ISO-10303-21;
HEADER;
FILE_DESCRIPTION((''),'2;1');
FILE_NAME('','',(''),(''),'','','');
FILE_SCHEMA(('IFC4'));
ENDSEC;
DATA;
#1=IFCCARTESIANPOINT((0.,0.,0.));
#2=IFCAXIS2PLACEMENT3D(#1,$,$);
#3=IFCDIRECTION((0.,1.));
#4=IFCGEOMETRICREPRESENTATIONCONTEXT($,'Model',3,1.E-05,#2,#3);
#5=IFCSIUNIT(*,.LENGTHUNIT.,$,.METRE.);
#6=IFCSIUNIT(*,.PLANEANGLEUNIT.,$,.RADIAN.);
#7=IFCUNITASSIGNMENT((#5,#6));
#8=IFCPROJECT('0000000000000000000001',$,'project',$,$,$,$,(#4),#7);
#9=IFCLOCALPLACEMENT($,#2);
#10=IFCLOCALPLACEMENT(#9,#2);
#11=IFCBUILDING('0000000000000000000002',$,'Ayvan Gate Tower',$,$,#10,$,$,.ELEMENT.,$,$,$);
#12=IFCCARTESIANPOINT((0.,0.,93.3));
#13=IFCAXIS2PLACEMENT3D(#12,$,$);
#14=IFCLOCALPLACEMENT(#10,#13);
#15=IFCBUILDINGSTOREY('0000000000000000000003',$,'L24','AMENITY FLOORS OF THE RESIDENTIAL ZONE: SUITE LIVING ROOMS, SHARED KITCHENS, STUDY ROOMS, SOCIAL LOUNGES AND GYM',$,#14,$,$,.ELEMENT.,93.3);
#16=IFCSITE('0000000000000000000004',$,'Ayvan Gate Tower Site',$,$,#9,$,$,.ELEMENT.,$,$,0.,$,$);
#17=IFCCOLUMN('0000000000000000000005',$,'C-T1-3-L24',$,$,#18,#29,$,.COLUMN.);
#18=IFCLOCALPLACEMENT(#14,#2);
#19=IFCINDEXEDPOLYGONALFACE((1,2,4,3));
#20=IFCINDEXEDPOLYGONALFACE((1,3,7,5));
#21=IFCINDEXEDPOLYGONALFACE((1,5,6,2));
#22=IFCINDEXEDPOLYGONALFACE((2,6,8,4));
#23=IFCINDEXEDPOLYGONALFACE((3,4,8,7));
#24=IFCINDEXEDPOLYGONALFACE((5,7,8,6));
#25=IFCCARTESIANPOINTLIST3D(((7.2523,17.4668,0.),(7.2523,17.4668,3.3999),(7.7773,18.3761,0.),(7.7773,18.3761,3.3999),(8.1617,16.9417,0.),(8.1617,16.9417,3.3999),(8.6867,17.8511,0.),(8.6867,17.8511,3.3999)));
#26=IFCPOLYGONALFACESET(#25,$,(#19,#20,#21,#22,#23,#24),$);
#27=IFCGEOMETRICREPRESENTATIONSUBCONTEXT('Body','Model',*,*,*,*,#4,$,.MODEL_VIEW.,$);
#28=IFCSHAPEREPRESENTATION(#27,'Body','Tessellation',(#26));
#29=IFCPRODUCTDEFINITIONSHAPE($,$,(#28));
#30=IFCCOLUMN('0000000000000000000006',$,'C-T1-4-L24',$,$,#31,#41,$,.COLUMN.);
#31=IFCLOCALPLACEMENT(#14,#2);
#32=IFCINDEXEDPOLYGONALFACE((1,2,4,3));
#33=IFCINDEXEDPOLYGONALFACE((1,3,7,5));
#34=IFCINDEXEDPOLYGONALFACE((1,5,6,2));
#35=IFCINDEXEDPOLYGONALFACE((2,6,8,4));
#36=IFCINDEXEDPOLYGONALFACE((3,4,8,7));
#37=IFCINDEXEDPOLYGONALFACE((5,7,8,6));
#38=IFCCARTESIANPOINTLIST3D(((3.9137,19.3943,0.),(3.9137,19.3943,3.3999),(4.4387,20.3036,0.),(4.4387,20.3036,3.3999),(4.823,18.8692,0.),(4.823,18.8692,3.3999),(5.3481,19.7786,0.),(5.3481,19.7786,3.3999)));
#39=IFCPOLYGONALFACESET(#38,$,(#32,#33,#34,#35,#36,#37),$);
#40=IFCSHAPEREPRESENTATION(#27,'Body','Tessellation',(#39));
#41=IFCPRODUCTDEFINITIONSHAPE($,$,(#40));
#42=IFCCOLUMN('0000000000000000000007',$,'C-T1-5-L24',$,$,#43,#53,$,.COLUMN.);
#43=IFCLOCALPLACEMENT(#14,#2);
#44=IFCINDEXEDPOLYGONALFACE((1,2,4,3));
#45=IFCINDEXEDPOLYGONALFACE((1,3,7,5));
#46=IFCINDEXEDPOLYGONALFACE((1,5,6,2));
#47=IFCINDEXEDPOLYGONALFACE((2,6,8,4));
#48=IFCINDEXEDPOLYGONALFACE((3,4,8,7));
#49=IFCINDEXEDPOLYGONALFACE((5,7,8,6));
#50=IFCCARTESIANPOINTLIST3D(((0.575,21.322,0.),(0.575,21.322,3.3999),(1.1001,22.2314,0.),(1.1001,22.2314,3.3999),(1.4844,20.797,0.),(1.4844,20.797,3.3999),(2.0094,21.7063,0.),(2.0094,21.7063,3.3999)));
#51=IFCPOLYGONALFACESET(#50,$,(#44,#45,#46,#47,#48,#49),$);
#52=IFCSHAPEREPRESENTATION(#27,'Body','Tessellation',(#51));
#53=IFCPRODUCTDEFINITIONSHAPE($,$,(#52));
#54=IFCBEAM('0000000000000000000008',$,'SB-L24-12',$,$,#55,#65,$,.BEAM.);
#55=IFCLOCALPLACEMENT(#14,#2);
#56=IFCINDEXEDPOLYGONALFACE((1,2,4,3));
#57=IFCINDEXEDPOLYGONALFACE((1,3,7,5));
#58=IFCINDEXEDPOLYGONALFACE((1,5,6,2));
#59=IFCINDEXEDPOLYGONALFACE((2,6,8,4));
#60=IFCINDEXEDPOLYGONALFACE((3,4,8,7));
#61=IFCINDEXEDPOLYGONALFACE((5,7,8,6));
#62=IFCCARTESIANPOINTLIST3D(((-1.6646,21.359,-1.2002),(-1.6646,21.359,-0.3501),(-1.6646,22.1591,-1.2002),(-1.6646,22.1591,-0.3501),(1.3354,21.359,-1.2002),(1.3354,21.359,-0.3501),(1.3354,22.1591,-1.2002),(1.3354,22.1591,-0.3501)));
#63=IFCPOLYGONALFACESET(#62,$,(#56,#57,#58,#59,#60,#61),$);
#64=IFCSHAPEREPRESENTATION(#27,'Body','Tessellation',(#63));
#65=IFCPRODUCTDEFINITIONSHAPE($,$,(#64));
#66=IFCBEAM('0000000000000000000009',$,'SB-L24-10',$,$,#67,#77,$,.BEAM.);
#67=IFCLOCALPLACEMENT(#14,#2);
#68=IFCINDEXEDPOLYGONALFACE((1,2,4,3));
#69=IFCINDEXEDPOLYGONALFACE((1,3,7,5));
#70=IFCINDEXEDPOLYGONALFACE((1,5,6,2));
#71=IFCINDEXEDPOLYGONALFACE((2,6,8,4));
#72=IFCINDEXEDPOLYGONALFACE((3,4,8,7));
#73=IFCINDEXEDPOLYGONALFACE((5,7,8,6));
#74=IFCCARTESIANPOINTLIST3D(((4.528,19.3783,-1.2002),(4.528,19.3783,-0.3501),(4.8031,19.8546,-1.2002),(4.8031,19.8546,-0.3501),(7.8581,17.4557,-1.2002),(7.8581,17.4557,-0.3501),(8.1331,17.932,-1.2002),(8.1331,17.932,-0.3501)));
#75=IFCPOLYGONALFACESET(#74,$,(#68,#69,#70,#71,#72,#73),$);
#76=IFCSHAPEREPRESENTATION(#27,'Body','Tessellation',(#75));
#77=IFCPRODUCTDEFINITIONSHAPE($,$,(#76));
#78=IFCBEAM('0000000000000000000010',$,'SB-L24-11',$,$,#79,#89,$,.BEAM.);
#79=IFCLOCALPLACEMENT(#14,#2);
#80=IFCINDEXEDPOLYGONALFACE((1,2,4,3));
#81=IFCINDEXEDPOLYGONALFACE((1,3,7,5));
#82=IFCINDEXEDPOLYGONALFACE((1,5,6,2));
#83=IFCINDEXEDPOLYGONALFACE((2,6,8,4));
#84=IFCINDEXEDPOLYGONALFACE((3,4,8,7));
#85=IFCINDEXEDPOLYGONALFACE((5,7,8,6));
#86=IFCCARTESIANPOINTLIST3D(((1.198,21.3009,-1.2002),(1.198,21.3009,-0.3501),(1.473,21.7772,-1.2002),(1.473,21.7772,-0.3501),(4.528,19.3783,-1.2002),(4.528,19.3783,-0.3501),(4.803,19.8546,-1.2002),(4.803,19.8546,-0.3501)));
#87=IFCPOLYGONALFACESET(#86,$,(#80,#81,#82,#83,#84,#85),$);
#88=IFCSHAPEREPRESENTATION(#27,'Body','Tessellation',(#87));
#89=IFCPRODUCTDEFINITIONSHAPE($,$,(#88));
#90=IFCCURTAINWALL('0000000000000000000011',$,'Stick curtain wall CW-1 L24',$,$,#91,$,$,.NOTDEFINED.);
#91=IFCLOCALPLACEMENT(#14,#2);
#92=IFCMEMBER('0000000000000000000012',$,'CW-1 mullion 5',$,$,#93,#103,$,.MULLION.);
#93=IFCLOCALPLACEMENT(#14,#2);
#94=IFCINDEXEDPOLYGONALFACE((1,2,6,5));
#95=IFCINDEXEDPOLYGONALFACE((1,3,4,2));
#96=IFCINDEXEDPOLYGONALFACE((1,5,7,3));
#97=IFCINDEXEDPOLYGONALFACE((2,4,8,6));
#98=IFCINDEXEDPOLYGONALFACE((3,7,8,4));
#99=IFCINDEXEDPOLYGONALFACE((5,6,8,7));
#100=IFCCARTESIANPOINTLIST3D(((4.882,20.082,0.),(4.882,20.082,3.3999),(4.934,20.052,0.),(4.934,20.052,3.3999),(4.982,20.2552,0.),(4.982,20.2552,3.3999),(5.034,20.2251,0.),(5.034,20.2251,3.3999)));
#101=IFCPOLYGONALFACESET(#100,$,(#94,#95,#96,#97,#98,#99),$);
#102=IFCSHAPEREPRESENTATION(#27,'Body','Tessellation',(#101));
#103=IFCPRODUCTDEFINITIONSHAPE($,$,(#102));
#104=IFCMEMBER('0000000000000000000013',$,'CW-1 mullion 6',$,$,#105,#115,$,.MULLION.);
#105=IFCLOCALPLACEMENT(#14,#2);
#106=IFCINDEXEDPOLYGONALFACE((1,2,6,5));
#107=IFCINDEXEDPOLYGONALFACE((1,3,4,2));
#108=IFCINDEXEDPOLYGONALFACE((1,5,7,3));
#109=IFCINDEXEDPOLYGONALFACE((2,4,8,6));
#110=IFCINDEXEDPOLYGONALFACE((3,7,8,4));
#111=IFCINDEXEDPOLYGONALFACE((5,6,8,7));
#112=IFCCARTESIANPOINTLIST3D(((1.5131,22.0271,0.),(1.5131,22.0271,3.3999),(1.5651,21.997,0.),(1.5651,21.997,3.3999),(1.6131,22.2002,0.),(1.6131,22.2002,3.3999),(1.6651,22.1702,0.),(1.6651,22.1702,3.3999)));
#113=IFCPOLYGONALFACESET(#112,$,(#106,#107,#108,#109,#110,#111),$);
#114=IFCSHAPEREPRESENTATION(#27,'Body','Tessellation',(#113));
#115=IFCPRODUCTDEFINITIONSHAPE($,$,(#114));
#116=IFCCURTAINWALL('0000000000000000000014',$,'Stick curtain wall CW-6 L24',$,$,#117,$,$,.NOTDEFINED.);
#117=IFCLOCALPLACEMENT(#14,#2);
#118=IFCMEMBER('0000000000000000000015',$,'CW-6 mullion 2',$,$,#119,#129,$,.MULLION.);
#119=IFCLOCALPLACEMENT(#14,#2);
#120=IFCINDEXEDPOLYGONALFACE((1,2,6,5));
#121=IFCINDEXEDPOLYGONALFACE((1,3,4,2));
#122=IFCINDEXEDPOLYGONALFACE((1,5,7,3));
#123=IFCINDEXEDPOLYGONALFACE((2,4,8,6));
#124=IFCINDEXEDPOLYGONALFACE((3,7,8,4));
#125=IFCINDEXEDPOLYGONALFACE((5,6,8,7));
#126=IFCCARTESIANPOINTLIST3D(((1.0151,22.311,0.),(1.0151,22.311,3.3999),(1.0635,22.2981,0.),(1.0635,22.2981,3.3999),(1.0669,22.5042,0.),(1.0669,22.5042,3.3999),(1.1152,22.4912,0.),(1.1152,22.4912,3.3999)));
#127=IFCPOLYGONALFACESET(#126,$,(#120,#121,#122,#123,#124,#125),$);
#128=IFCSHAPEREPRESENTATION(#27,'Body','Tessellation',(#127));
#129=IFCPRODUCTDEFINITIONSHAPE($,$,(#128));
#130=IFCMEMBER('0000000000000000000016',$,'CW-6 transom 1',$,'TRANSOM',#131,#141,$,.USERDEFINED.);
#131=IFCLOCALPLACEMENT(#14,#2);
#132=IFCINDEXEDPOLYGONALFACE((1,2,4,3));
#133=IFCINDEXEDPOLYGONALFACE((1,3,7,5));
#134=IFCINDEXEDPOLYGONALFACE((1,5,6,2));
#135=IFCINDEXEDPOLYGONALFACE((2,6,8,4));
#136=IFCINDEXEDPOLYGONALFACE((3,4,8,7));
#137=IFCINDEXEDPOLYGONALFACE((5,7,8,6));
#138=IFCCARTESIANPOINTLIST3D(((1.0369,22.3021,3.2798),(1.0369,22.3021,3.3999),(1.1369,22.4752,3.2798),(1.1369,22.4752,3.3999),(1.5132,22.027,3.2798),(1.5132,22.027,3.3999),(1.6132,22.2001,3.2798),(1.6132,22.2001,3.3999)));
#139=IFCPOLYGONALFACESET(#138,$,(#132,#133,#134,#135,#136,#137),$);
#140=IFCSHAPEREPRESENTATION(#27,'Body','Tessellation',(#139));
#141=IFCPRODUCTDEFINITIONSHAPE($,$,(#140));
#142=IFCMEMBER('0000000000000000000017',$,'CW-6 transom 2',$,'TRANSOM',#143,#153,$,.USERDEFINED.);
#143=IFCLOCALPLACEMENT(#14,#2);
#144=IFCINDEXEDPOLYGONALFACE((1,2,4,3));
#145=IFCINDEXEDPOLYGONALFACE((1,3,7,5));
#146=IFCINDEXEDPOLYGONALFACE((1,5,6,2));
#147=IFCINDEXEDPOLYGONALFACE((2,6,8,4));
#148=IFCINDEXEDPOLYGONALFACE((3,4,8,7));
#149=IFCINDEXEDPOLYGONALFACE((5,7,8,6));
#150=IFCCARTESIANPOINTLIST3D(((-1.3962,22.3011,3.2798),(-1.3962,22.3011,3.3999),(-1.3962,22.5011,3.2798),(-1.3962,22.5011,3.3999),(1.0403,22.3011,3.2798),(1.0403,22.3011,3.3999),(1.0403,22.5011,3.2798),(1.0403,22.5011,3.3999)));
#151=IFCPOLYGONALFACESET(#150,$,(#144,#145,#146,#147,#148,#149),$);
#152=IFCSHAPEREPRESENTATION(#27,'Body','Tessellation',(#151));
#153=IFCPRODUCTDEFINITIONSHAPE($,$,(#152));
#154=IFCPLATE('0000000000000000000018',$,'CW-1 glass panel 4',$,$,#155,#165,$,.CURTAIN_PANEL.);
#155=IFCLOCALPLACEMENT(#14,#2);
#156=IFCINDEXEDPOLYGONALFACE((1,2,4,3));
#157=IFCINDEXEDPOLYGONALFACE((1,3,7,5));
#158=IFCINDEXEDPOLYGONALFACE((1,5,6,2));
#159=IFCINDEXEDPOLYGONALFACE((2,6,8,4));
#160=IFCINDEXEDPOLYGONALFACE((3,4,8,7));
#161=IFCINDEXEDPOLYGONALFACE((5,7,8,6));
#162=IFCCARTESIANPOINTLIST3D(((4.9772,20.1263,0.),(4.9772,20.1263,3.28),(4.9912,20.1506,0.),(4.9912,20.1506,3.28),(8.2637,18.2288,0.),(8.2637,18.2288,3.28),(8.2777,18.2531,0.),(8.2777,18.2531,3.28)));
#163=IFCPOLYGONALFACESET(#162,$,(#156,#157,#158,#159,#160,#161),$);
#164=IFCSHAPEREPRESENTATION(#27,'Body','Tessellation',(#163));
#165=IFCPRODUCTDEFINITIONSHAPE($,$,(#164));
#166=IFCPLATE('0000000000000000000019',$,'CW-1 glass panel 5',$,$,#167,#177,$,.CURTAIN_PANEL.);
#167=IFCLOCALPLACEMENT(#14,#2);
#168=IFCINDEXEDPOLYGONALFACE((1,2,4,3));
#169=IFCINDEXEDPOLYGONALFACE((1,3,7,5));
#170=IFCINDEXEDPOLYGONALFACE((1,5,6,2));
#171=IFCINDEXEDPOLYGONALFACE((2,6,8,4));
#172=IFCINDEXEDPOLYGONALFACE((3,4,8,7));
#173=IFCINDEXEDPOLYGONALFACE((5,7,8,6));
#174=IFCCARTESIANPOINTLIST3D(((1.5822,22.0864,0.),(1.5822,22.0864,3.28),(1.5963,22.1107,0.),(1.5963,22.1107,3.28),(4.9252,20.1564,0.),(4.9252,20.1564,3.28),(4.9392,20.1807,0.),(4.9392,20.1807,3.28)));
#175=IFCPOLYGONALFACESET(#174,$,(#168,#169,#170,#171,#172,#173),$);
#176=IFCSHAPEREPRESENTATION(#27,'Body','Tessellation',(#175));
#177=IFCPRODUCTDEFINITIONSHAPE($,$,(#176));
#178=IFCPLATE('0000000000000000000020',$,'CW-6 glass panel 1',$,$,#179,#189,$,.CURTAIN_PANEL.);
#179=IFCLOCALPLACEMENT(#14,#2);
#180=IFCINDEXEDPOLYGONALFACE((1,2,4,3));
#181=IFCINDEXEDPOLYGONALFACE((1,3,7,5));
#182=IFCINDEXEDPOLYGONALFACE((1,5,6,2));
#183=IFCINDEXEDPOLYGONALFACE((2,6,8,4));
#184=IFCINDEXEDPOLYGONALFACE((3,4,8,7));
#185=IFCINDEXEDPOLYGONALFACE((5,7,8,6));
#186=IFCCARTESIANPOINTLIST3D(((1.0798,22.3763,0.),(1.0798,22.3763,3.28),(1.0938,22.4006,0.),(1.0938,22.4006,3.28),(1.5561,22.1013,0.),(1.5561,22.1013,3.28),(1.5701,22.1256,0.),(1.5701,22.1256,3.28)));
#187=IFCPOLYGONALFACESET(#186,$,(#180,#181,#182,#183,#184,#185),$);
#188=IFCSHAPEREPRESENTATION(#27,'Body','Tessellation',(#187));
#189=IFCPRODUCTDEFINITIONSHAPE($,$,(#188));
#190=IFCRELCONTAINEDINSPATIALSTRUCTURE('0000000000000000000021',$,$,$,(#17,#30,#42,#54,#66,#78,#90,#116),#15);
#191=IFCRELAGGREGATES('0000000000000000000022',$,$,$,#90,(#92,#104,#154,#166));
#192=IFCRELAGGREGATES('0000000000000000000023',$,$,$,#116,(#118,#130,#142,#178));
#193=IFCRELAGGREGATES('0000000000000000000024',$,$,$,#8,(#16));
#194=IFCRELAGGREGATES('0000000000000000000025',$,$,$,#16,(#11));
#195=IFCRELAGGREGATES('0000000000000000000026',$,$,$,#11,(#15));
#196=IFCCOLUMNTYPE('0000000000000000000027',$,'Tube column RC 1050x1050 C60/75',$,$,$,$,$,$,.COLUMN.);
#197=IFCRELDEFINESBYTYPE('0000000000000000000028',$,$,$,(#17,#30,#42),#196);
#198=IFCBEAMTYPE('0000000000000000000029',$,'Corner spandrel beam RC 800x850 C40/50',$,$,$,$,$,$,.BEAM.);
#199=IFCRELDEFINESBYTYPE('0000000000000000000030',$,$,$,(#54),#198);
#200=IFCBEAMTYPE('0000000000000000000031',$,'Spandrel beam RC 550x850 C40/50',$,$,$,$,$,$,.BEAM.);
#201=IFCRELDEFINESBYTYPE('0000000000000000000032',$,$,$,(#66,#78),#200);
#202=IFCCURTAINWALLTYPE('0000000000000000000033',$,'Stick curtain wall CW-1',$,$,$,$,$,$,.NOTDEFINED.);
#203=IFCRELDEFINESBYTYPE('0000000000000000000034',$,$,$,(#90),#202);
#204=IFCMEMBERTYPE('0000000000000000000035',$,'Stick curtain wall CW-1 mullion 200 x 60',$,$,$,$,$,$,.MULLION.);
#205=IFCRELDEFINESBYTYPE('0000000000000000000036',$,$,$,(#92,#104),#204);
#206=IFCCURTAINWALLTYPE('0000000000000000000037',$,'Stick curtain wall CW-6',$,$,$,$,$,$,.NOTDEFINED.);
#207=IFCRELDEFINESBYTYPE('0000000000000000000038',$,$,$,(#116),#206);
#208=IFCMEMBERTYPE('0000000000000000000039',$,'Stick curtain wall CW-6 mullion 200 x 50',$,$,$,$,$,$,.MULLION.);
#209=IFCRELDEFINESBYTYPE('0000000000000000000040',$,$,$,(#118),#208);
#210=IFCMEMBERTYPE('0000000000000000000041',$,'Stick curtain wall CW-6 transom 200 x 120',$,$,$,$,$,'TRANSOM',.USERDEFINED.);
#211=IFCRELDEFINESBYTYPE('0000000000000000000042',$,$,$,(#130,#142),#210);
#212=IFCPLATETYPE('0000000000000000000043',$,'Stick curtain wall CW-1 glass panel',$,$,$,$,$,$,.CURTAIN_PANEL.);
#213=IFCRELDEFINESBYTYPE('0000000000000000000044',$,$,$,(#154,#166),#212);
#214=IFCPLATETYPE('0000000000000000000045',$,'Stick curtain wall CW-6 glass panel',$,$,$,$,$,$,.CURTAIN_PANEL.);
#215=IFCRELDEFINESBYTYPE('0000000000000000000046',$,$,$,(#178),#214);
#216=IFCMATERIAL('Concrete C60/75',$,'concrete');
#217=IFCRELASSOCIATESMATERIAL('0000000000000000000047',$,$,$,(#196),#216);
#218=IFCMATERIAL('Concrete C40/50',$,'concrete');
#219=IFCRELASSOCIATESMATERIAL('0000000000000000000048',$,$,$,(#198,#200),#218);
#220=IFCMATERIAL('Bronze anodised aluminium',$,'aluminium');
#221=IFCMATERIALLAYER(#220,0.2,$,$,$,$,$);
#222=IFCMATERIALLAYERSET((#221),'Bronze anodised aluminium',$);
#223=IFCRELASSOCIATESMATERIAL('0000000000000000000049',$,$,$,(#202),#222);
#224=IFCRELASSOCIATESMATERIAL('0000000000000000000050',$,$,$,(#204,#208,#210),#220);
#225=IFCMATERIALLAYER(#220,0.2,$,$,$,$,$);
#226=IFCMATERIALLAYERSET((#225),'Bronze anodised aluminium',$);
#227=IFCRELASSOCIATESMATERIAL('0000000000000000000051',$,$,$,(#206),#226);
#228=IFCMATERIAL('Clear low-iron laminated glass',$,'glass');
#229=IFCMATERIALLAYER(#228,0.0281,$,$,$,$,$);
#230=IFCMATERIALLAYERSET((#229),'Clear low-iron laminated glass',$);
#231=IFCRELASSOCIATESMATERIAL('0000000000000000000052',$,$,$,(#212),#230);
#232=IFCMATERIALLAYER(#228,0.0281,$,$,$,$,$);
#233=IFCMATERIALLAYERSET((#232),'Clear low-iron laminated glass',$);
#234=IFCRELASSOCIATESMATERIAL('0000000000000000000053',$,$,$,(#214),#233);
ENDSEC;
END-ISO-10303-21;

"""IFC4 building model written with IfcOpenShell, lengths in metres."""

from ifc_helpers import new_model, si_unit, direction, frame, origin, origin_2d, place, context, subcontext, project, spatial, rectangle, extrude, material, layer, layer_set, material_profile, profile_set, type_object, element, aggregate, save


model = new_model("IFC4")

# Units and contexts
model_context = context("Model", 3, precision=1e-05, world=origin(), true_north=direction((0.0, 1.0)))
body_context = subcontext(model_context, "Body", "Model", "MODEL_VIEW")
ifc_project = project(units=[si_unit("LENGTHUNIT", "METRE"), si_unit("PLANEANGLEUNIT", "RADIAN")], contexts=[model_context])

# Site, building, storey
site_placement = place(None, origin())
site = spatial("IfcSite", under=ifc_project, at=site_placement, Name="Ayvan Gate Tower Site", CompositionType="ELEMENT", RefElevation=0.0)
building_placement = place(site_placement, origin())
building = spatial("IfcBuilding", under=site, at=building_placement, Name="Ayvan Gate Tower", CompositionType="ELEMENT")
storey_placement = place(building_placement, frame((0.0, 0.0, 93.3)))
storey = spatial("IfcBuildingStorey", under=building, at=storey_placement, Name="L24", Description="AMENITY FLOORS OF THE RESIDENTIAL ZONE: SUITE LIVING ROOMS, SHARED KITCHENS, STUDY ROOMS, SOCIAL LOUNGES AND GYM", CompositionType="ELEMENT", Elevation=93.3)

# Columns
ifc_material_1 = material(Name="Concrete C60/75", Category="concrete")
ifc_material_profile_1 = material_profile(ifc_material_1, rectangle(XDim=1.05, YDim=1.05, at=origin_2d()), Name="RC 1050x1050")
ifc_profile_set_1 = profile_set([ifc_material_profile_1], Name="Concrete C60/75")
column_type = type_object("IfcColumnType", Name="Tube column RC 1050x1050 C60/75", PredefinedType="COLUMN", material=ifc_profile_set_1)
for number, where, z_axis, x_axis, name in (
    (1, (7.9695, 17.6589, 0.0), (0.0, 0.0, 1.0), (0.5, 0.866025, 0.0), "C-T1-3-L24"),
    (2, (4.6309, 19.5864, 0.0), (0.0, 0.0, 1.0), (0.5, 0.866025, 0.0), "C-T1-4-L24"),
    (3, (1.2922, 21.5142, 0.0), (0.0, 0.0, 1.0), (0.5, 0.866025, 0.0), "C-T1-5-L24"),
):
    element("IfcColumn", number, at=place(storey_placement, frame(where, z_axis=z_axis, x_axis=x_axis)), inside=storey, type_object=column_type, Name=name, PredefinedType="COLUMN", context=body_context, shape_type="SweptSolid", body=[
        extrude(rectangle(XDim=1.05, YDim=1.05, at=origin_2d()), origin(), (0.0, 0.0, 1.0), 3.3999),
    ])

# Beams
ifc_material_2 = material(Name="Concrete C40/50", Category="concrete")
ifc_material_profile_2 = material_profile(ifc_material_2, rectangle(XDim=0.8, YDim=0.8501, at=origin_2d()), Name="RC 800x850")
ifc_profile_set_2 = profile_set([ifc_material_profile_2], Name="Concrete C40/50")
beam_type_1 = type_object("IfcBeamType", Name="Corner spandrel beam RC 800x850 C40/50", PredefinedType="BEAM", material=ifc_profile_set_2)
beam_placement = place(storey_placement, frame((1.3354, 21.759, -0.7751), z_axis=(-1.0, 0.0, 0.0), x_axis=(0.0, -1.0, 0.0)))
element("IfcBeam", 4, at=beam_placement, inside=storey, type_object=beam_type_1, Name="SB-L24-12", PredefinedType="BEAM", context=body_context, shape_type="SweptSolid", body=[
    extrude(rectangle(XDim=0.8, YDim=0.8501, at=origin_2d()), origin(), (0.0, 0.0, 1.0), 3.0),
])
ifc_material_profile_3 = material_profile(ifc_material_2, rectangle(XDim=0.55, YDim=0.8501, at=origin_2d()), Name="RC 550x850")
ifc_profile_set_3 = profile_set([ifc_material_profile_3], Name="Concrete C40/50")
beam_type_2 = type_object("IfcBeamType", Name="Spandrel beam RC 550x850 C40/50", PredefinedType="BEAM", material=ifc_profile_set_3)
for number, where, z_axis, x_axis, name in (
    (5, (7.9956, 17.6938, -0.7751), (-0.866027, 0.499997, 0.0), (-0.499997, -0.866027, 0.0), "SB-L24-10"),
    (6, (4.6655, 19.6165, -0.7751), (-0.866027, 0.499997, 0.0), (-0.499997, -0.866027, 0.0), "SB-L24-11"),
):
    element("IfcBeam", number, at=place(storey_placement, frame(where, z_axis=z_axis, x_axis=x_axis)), inside=storey, type_object=beam_type_2, Name=name, PredefinedType="BEAM", context=body_context, shape_type="SweptSolid", body=[
        extrude(rectangle(XDim=0.55, YDim=0.8501, at=origin_2d()), origin(), (0.0, 0.0, 1.0), 3.8452),
    ])

# Curtain walls, members
ifc_material_3 = material(Name="Bronze anodised aluminium", Category="aluminium")
ifc_layer_1 = layer(ifc_material_3, 0.2)
ifc_layer_set_1 = layer_set([ifc_layer_1], Name="Bronze anodised aluminium")
curtain_wall_type_1 = type_object("IfcCurtainWallType", Name="Stick curtain wall CW-1", PredefinedType="NOTDEFINED", material=ifc_layer_set_1)
curtain_wall_1_placement = place(storey_placement, origin())
curtain_wall_1 = element("IfcCurtainWall", 7, at=curtain_wall_1_placement, inside=storey, type_object=curtain_wall_type_1, Name="Stick curtain wall CW-1 L24", PredefinedType="NOTDEFINED")
ifc_material_profile_4 = material_profile(ifc_material_3, rectangle(XDim=0.2, YDim=0.0601, at=origin_2d()), Name="Stick curtain wall CW-1 mullion 200 x 60")
ifc_profile_set_4 = profile_set([ifc_material_profile_4], Name="Bronze anodised aluminium")
member_type_1 = type_object("IfcMemberType", Name="Stick curtain wall CW-1 mullion 200 x 60", PredefinedType="MULLION", material=ifc_profile_set_4)
member_1_placement = place(storey_placement, frame((4.958, 20.1536, 0.0), z_axis=(0.0, 0.0, 1.0), x_axis=(0.5, 0.866025, 0.0)))
member_1 = element("IfcMember", 8, at=member_1_placement, type_object=member_type_1, Name="CW-1 mullion 5", PredefinedType="MULLION", context=body_context, shape_type="SweptSolid", body=[
    extrude(rectangle(XDim=0.2, YDim=0.0601, at=origin_2d()), origin(), (0.0, 0.0, 1.0), 3.3999),
])
member_2_placement = place(storey_placement, frame((1.5891, 22.0986, 0.0), z_axis=(0.0, 0.0, 1.0), x_axis=(0.5, 0.866025, 0.0)))
member_2 = element("IfcMember", 9, at=member_2_placement, type_object=member_type_1, Name="CW-1 mullion 6", PredefinedType="MULLION", context=body_context, shape_type="SweptSolid", body=[
    extrude(rectangle(XDim=0.2, YDim=0.0601, at=origin_2d()), origin(), (0.0, 0.0, 1.0), 3.3999),
])
ifc_layer_2 = layer(ifc_material_3, 0.2)
ifc_layer_set_2 = layer_set([ifc_layer_2], Name="Bronze anodised aluminium")
curtain_wall_type_2 = type_object("IfcCurtainWallType", Name="Stick curtain wall CW-6", PredefinedType="NOTDEFINED", material=ifc_layer_set_2)
curtain_wall_2_placement = place(storey_placement, origin())
curtain_wall_2 = element("IfcCurtainWall", 10, at=curtain_wall_2_placement, inside=storey, type_object=curtain_wall_type_2, Name="Stick curtain wall CW-6 L24", PredefinedType="NOTDEFINED")
ifc_material_profile_5 = material_profile(ifc_material_3, rectangle(XDim=0.2, YDim=0.05, at=origin_2d()), Name="Stick curtain wall CW-6 mullion 200 x 50")
ifc_profile_set_5 = profile_set([ifc_material_profile_5], Name="Bronze anodised aluminium")
member_type_2 = type_object("IfcMemberType", Name="Stick curtain wall CW-6 mullion 200 x 50", PredefinedType="MULLION", material=ifc_profile_set_5)
member_3_placement = place(storey_placement, frame((1.0652, 22.4011, 0.0), z_axis=(0.0, 0.0, 1.0), x_axis=(0.258819, 0.965926, 0.0)))
member_3 = element("IfcMember", 11, at=member_3_placement, type_object=member_type_2, Name="CW-6 mullion 2", PredefinedType="MULLION", context=body_context, shape_type="SweptSolid", body=[
    extrude(rectangle(XDim=0.2, YDim=0.05, at=origin_2d()), origin(), (0.0, 0.0, 1.0), 3.3999),
])
ifc_material_profile_6 = material_profile(ifc_material_3, rectangle(XDim=0.2, YDim=0.1201, at=origin_2d()), Name="Stick curtain wall CW-6 transom 200 x 120")
ifc_profile_set_6 = profile_set([ifc_material_profile_6], Name="Bronze anodised aluminium")
member_type_3 = type_object("IfcMemberType", Name="Stick curtain wall CW-6 transom 200 x 120", ElementType="TRANSOM", PredefinedType="USERDEFINED", material=ifc_profile_set_6)
member_4_placement = place(storey_placement, frame((1.5632, 22.1135, 3.3398), z_axis=(-0.865912, 0.500196, 0.0), x_axis=(-0.500196, -0.865912, 0.0)))
member_4 = element("IfcMember", 12, at=member_4_placement, type_object=member_type_3, Name="CW-6 transom 1", ObjectType="TRANSOM", PredefinedType="USERDEFINED", context=body_context, shape_type="SweptSolid", body=[
    extrude(rectangle(XDim=0.2, YDim=0.1201, at=origin_2d()), origin(), (0.0, 0.0, 1.0), 0.55),
])
member_5_placement = place(storey_placement, frame((1.0403, 22.4011, 3.3398), z_axis=(-1.0, 0.0, 0.0), x_axis=(0.0, -1.0, 0.0)))
member_5 = element("IfcMember", 13, at=member_5_placement, type_object=member_type_3, Name="CW-6 transom 2", ObjectType="TRANSOM", PredefinedType="USERDEFINED", context=body_context, shape_type="SweptSolid", body=[
    extrude(rectangle(XDim=0.2, YDim=0.1201, at=origin_2d()), origin(), (0.0, 0.0, 1.0), 2.4365),
])

# Plates
ifc_material_4 = material(Name="Clear low-iron laminated glass", Category="glass")
ifc_layer_3 = layer(ifc_material_4, 0.0281)
ifc_layer_set_3 = layer_set([ifc_layer_3], Name="Clear low-iron laminated glass")
plate_type_1 = type_object("IfcPlateType", Name="Stick curtain wall CW-1 glass panel", PredefinedType="CURTAIN_PANEL", material=ifc_layer_set_3)
plate_1_placement = place(storey_placement, frame((6.6274, 19.1897, 0.0), z_axis=(0.0, 0.0, 1.0), x_axis=(-0.866025, 0.5, 0.0)))
plate_1 = element("IfcPlate", 14, at=plate_1_placement, type_object=plate_type_1, Name="CW-1 glass panel 4", PredefinedType="CURTAIN_PANEL", context=body_context, shape_type="SweptSolid", body=[
    extrude(rectangle(XDim=3.7949, YDim=0.0281, at=origin_2d()), origin(), (0.0, 0.0, 1.0), 3.28),
])
plate_2_placement = place(storey_placement, frame((3.2607, 21.1335, 0.0), z_axis=(0.0, 0.0, 1.0), x_axis=(-0.866025, 0.5, 0.0)))
plate_2 = element("IfcPlate", 15, at=plate_2_placement, type_object=plate_type_1, Name="CW-1 glass panel 5", PredefinedType="CURTAIN_PANEL", context=body_context, shape_type="SweptSolid", body=[
    extrude(rectangle(XDim=3.8601, YDim=0.0281, at=origin_2d()), origin(), (0.0, 0.0, 1.0), 3.28),
])
aggregate(curtain_wall_1, [member_1, member_2, plate_1, plate_2])
ifc_layer_4 = layer(ifc_material_4, 0.0281)
ifc_layer_set_4 = layer_set([ifc_layer_4], Name="Clear low-iron laminated glass")
plate_type_2 = type_object("IfcPlateType", Name="Stick curtain wall CW-6 glass panel", PredefinedType="CURTAIN_PANEL", material=ifc_layer_set_4)
plate_3_placement = place(storey_placement, frame((1.325, 22.251, 0.0), z_axis=(0.0, 0.0, 1.0), x_axis=(-0.866025, 0.5, 0.0)))
plate_3 = element("IfcPlate", 16, at=plate_3_placement, type_object=plate_type_2, Name="CW-6 glass panel 1", PredefinedType="CURTAIN_PANEL", context=body_context, shape_type="SweptSolid", body=[
    extrude(rectangle(XDim=0.55, YDim=0.0281, at=origin_2d()), origin(), (0.0, 0.0, 1.0), 3.28),
])
aggregate(curtain_wall_2, [member_3, member_4, member_5, plate_3])

save(model, "model.ifc")
